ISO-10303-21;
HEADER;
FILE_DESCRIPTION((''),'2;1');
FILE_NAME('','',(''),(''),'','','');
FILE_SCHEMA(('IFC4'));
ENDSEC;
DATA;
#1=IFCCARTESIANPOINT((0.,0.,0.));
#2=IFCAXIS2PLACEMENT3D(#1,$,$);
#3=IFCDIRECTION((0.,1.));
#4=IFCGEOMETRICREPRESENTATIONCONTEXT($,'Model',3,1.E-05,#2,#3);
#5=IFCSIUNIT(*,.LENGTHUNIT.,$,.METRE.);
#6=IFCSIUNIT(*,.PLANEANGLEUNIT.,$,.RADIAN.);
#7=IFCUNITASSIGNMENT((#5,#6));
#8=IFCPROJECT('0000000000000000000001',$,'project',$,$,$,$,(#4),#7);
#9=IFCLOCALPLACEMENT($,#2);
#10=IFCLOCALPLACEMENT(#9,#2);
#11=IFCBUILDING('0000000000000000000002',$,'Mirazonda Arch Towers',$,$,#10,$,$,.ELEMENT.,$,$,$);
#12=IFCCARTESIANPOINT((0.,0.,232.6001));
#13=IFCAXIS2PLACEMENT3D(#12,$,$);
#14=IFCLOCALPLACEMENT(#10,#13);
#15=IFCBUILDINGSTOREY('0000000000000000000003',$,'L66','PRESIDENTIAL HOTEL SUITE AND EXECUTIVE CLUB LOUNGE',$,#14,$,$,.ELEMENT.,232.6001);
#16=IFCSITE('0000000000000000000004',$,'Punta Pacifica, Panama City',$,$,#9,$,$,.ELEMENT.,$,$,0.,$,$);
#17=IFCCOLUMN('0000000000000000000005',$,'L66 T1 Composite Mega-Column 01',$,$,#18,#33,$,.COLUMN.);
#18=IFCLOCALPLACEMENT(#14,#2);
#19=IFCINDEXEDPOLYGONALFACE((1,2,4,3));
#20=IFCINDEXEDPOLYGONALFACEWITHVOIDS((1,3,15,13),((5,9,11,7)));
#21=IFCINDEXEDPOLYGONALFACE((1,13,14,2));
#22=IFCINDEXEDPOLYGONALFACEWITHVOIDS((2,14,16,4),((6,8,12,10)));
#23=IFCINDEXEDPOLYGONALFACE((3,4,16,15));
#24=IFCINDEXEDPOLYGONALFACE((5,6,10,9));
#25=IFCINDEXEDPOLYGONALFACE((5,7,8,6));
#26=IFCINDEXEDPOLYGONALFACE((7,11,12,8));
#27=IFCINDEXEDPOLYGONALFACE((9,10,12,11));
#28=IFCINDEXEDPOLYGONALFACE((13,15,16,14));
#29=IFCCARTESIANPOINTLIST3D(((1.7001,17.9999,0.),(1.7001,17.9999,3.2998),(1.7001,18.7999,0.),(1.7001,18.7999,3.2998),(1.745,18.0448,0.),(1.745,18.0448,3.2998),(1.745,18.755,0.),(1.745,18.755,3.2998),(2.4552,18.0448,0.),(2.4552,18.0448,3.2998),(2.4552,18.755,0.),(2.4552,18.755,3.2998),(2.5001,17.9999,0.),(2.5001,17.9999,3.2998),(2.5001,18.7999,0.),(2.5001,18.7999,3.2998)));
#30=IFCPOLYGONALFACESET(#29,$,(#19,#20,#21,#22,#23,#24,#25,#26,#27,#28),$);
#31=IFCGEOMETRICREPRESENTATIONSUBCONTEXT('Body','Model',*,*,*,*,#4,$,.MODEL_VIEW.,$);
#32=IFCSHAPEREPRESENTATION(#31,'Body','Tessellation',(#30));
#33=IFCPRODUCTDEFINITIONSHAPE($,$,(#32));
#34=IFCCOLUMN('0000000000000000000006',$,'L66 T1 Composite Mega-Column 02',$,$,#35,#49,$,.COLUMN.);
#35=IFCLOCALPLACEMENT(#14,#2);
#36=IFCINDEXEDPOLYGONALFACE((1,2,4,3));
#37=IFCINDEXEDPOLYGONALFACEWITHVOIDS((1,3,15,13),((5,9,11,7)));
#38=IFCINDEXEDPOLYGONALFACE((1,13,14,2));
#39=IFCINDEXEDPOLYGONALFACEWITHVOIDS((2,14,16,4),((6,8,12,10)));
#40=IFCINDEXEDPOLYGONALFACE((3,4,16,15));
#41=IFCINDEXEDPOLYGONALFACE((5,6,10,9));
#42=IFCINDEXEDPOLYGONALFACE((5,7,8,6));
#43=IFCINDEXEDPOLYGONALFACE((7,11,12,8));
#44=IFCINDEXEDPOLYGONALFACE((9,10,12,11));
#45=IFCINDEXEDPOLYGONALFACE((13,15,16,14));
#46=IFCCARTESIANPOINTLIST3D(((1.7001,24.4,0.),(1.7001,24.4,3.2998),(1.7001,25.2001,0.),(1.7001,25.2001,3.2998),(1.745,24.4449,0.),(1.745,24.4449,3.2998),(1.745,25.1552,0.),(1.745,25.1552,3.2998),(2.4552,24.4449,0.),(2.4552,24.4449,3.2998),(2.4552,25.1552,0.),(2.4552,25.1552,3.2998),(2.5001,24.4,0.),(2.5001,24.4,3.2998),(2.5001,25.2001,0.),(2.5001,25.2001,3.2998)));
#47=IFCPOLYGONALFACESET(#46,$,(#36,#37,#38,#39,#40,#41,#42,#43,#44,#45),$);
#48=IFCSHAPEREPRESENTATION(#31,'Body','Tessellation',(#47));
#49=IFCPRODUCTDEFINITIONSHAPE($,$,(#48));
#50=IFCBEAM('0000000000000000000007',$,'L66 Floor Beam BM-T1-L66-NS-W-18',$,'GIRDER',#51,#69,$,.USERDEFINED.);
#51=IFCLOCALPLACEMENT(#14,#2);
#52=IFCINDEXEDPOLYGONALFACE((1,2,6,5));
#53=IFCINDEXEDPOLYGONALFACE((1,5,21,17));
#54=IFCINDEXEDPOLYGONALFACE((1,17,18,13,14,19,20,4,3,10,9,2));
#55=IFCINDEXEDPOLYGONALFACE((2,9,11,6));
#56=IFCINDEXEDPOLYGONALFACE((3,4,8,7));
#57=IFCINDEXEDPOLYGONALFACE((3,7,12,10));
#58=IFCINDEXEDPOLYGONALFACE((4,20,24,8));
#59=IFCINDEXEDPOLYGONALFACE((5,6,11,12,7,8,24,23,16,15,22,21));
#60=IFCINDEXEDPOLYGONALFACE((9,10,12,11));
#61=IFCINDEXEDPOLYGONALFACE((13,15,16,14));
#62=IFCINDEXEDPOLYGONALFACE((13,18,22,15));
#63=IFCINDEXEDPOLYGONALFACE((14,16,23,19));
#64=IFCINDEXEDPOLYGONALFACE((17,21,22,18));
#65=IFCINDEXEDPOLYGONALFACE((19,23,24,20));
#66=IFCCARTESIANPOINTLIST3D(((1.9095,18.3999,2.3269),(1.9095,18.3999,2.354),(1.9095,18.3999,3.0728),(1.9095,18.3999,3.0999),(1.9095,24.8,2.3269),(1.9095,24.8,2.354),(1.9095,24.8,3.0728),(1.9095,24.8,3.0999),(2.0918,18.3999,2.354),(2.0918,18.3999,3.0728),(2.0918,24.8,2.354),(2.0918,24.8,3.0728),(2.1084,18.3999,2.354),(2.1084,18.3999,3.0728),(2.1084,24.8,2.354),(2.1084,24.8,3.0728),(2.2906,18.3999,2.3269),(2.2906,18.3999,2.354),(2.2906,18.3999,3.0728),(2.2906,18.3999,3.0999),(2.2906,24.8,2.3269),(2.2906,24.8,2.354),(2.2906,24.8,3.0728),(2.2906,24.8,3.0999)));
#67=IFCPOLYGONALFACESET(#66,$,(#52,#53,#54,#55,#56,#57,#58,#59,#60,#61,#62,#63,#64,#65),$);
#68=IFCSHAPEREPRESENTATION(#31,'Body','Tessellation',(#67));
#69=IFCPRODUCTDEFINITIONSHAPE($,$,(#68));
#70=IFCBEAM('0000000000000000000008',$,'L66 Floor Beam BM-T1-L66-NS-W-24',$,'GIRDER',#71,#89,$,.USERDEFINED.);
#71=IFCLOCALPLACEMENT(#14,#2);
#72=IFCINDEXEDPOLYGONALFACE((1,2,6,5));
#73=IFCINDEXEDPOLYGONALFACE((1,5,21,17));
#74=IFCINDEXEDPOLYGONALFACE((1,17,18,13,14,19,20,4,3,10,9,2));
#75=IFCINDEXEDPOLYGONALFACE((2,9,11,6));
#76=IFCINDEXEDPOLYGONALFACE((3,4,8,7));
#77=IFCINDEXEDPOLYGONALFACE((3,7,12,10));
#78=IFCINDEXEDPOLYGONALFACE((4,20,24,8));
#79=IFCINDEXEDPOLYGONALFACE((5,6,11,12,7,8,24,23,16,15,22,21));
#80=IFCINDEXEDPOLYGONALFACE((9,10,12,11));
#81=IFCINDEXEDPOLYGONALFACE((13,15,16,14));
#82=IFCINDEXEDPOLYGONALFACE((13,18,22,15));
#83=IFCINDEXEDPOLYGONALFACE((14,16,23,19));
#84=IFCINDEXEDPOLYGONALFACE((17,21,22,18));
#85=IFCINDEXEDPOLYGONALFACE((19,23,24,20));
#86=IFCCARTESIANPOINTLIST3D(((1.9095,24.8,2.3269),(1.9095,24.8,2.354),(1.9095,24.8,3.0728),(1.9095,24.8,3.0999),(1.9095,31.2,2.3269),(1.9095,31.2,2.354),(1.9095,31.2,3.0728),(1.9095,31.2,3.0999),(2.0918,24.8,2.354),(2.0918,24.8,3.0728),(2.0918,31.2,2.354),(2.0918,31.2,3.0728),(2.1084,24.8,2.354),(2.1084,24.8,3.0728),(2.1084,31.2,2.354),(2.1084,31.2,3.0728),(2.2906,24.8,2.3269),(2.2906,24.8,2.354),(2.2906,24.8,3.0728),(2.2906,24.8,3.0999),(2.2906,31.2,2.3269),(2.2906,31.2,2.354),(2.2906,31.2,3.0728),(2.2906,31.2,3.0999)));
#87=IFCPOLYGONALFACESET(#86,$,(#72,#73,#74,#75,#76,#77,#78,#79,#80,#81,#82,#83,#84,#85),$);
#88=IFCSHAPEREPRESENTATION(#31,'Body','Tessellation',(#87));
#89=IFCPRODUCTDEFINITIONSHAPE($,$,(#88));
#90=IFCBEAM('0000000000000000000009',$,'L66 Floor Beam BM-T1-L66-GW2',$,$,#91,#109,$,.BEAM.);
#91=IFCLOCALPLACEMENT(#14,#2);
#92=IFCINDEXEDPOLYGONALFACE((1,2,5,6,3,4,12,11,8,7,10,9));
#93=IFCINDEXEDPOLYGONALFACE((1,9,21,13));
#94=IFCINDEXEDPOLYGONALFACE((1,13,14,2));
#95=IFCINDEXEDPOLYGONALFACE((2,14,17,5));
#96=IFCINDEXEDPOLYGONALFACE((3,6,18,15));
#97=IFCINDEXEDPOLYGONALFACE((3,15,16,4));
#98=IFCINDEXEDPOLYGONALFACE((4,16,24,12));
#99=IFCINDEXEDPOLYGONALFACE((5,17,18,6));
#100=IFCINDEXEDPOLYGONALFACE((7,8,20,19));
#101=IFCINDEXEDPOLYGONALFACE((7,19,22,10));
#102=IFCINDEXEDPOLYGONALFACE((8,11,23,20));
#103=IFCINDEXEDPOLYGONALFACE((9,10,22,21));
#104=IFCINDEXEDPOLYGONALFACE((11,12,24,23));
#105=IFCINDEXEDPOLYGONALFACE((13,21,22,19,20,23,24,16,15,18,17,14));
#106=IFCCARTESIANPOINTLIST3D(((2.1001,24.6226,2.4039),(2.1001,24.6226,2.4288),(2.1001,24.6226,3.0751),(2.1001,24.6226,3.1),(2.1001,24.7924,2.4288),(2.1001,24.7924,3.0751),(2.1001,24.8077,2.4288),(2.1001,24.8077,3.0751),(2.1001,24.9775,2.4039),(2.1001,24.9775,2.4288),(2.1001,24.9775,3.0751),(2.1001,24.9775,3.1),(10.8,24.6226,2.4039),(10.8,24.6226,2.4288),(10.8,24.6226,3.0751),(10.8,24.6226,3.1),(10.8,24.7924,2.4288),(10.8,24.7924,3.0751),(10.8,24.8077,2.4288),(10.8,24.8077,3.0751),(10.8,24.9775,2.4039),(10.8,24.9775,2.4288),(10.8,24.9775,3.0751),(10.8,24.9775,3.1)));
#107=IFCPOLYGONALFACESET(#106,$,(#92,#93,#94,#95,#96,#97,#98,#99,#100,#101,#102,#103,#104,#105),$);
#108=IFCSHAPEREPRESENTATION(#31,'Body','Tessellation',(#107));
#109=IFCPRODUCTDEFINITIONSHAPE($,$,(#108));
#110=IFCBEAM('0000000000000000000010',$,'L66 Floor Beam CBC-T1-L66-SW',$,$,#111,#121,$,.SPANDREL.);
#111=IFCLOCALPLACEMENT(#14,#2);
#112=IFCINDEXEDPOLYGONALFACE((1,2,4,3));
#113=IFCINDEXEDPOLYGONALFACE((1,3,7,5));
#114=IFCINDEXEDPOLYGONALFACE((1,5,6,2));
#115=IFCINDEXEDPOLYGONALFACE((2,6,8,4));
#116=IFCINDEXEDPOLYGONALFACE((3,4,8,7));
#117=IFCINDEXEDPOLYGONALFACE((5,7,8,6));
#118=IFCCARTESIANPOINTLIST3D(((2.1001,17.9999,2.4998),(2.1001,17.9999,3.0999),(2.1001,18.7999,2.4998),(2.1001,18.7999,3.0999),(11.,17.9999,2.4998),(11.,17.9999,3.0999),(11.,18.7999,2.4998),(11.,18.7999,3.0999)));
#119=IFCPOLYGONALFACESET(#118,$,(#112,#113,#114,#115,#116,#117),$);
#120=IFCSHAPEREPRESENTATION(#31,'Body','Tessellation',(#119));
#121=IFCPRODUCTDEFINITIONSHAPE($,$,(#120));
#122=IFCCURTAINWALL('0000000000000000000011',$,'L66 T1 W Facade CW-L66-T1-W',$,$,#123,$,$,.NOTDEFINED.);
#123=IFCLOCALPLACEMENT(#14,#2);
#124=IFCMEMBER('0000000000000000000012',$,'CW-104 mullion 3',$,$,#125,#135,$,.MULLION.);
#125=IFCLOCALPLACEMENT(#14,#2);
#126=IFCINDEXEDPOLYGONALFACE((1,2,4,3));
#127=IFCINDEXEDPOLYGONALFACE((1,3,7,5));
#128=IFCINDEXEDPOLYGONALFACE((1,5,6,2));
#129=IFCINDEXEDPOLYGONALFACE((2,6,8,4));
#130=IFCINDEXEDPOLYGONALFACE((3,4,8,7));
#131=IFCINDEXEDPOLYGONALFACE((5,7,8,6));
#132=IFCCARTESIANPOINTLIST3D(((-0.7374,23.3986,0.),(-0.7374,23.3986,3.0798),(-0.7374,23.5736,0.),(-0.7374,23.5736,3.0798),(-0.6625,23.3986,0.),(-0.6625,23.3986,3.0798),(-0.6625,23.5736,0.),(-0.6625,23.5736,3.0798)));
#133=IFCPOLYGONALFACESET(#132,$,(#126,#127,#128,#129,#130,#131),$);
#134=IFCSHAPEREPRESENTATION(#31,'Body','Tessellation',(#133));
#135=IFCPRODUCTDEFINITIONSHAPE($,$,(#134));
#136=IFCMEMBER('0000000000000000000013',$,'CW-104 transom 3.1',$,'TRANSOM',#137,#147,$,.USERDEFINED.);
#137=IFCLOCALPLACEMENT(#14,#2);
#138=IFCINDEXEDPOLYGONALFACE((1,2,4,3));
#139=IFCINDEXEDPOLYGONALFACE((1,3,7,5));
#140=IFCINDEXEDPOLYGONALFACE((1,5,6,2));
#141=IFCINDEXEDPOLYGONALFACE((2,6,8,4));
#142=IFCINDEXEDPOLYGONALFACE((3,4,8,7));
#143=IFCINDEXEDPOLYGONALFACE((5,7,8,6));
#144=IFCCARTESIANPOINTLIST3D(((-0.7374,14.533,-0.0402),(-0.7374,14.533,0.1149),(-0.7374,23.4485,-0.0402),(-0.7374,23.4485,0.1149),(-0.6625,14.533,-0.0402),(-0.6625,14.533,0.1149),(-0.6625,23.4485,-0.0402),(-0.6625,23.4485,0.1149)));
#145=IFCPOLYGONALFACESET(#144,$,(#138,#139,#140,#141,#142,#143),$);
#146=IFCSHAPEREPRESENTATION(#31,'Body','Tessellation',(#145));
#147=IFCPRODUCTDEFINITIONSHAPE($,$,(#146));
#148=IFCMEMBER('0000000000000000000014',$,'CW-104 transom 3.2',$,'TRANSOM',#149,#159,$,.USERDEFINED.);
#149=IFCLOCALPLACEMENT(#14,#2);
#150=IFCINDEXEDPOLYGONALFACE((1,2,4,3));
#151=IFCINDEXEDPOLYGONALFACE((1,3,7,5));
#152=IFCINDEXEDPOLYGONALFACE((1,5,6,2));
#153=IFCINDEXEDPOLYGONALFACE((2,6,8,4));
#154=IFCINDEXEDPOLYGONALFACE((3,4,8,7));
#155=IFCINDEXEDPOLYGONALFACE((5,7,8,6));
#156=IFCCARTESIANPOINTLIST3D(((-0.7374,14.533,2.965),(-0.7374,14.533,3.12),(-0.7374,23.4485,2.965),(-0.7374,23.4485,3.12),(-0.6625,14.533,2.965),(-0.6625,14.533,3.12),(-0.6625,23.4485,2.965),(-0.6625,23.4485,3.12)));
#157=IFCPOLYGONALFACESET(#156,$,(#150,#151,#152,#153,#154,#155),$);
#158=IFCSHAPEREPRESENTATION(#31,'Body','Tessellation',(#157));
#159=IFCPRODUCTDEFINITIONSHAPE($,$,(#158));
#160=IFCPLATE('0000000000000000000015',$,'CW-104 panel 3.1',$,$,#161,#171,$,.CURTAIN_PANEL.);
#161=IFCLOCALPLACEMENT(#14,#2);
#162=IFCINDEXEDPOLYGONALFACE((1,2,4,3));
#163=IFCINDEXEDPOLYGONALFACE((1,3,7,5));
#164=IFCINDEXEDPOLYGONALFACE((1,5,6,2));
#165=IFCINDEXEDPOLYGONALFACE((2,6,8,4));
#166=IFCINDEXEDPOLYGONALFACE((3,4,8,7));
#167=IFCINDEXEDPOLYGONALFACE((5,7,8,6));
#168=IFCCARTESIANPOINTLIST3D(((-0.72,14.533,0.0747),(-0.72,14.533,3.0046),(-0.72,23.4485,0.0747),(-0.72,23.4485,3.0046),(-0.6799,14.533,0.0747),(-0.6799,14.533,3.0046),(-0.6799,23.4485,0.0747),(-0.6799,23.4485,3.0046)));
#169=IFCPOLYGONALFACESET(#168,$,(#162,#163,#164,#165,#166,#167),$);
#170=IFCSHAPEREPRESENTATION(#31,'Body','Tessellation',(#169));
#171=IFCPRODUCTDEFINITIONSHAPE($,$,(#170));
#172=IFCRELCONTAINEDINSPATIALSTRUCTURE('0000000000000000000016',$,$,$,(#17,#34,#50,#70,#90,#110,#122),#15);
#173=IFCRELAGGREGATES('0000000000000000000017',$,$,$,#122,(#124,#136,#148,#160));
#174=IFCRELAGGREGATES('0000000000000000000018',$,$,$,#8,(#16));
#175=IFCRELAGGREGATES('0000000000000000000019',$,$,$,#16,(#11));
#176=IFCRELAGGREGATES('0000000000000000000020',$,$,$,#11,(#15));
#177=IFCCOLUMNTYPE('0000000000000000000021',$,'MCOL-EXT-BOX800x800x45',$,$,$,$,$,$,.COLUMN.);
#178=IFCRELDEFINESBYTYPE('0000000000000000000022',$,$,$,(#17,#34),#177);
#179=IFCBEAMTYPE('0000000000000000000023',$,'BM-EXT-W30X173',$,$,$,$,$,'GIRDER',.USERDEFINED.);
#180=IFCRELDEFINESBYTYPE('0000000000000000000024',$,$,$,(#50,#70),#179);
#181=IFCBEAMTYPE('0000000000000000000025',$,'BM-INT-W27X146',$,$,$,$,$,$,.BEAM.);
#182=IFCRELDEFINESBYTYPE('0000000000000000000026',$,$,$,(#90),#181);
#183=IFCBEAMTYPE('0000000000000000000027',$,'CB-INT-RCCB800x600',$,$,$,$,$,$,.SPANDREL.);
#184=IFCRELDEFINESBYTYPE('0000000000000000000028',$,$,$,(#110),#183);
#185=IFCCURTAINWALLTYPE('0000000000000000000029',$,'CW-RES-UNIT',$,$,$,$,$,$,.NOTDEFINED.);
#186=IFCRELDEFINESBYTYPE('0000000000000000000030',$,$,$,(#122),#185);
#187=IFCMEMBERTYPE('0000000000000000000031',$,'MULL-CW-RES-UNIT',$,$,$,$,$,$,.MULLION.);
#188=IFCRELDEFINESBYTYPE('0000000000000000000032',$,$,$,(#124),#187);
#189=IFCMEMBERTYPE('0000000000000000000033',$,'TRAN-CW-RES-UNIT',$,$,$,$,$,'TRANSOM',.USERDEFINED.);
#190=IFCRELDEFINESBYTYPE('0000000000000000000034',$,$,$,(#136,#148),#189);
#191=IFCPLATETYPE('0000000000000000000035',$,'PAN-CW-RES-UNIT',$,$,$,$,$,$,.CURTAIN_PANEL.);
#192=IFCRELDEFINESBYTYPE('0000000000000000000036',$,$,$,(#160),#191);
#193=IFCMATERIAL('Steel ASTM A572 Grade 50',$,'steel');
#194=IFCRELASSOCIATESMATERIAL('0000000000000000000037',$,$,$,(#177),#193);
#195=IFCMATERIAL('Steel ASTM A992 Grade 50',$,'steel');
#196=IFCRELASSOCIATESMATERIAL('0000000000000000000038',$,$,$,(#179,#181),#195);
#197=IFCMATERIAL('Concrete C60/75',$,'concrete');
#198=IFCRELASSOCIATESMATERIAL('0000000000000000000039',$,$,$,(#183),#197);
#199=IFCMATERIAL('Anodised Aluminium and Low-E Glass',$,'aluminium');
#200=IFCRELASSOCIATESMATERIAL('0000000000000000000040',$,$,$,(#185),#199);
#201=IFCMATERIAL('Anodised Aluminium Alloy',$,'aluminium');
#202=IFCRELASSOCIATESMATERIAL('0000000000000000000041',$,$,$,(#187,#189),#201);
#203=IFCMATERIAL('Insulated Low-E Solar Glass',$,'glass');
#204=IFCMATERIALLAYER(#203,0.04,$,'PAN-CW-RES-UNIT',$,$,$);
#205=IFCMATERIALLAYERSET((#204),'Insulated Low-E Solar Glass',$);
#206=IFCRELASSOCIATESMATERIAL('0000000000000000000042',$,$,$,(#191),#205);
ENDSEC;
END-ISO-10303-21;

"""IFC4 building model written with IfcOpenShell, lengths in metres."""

from ifc_helpers import new_model, si_unit, direction, frame, origin, origin_2d, place, context, subcontext, project, spatial, rectangle, hollow_rectangle, i_section, extrude, material, layer, layer_set, material_profile, profile_set, type_object, element, aggregate, save


model = new_model("IFC4")

# Units and contexts
model_context = context("Model", 3, precision=1e-05, world=origin(), true_north=direction((0.0, 1.0)))
body_context = subcontext(model_context, "Body", "Model", "MODEL_VIEW")
ifc_project = project(units=[si_unit("LENGTHUNIT", "METRE"), si_unit("PLANEANGLEUNIT", "RADIAN")], contexts=[model_context])

# Site, building, storey
site_placement = place(None, origin())
site = spatial("IfcSite", under=ifc_project, at=site_placement, Name="Punta Pacifica, Panama City", CompositionType="ELEMENT", RefElevation=0.0)
building_placement = place(site_placement, origin())
building = spatial("IfcBuilding", under=site, at=building_placement, Name="Mirazonda Arch Towers", CompositionType="ELEMENT")
storey_placement = place(building_placement, frame((0.0, 0.0, 232.6001)))
storey = spatial("IfcBuildingStorey", under=building, at=storey_placement, Name="L66", Description="PRESIDENTIAL HOTEL SUITE AND EXECUTIVE CLUB LOUNGE", CompositionType="ELEMENT", Elevation=232.6001)

# Columns
ifc_material_1 = material(Name="Steel ASTM A572 Grade 50", Category="steel")
ifc_material_profile_1 = material_profile(ifc_material_1, hollow_rectangle(XDim=0.8, YDim=0.8, WallThickness=0.0449, at=origin_2d()), Name="BOX800x800x45")
ifc_profile_set_1 = profile_set([ifc_material_profile_1], Name="Steel ASTM A572 Grade 50")
column_type = type_object("IfcColumnType", Name="MCOL-EXT-BOX800x800x45", PredefinedType="COLUMN", material=ifc_profile_set_1)
for number, where, z_axis, x_axis, name in (
    (1, (2.1001, 18.3999, 0.0), (0.0, 0.0, 1.0), (1.0, 0.0, 0.0), "L66 T1 Composite Mega-Column 01"),
    (2, (2.1001, 24.8, 0.0), (0.0, 0.0, 1.0), (1.0, 0.0, 0.0), "L66 T1 Composite Mega-Column 02"),
):
    element("IfcColumn", number, at=place(storey_placement, frame(where, z_axis=z_axis, x_axis=x_axis)), inside=storey, type_object=column_type, Name=name, PredefinedType="COLUMN", context=body_context, shape_type="SweptSolid", body=[
        extrude(hollow_rectangle(XDim=0.8, YDim=0.8, WallThickness=0.0449, at=origin_2d()), origin(), (0.0, 0.0, 1.0), 3.2998),
    ])

# Beams
ifc_material_2 = material(Name="Steel ASTM A992 Grade 50", Category="steel")
ifc_material_profile_2 = material_profile(ifc_material_2, i_section(OverallWidth=0.3811, OverallDepth=0.7729, WebThickness=0.0166, FlangeThickness=0.0271, at=origin_2d()), Name="W30X173")
ifc_profile_set_2 = profile_set([ifc_material_profile_2], Name="Steel ASTM A992 Grade 50")
beam_type_1 = type_object("IfcBeamType", Name="BM-EXT-W30X173", ElementType="GIRDER", PredefinedType="USERDEFINED", material=ifc_profile_set_2)
beam_1_placement = place(storey_placement, frame((2.1001, 18.3999, 2.7134), z_axis=(0.0, 1.0, 0.0), x_axis=(-1.0, 0.0, 0.0)))
element("IfcBeam", 3, at=beam_1_placement, inside=storey, type_object=beam_type_1, Name="L66 Floor Beam BM-T1-L66-NS-W-18", ObjectType="GIRDER", PredefinedType="USERDEFINED", context=body_context, shape_type="SweptSolid", body=[
    extrude(i_section(OverallWidth=0.3811, OverallDepth=0.7729, WebThickness=0.0166, FlangeThickness=0.0271, at=origin_2d()), origin(), (0.0, 0.0, 1.0), 6.4001),
])
beam_2_placement = place(storey_placement, frame((2.1001, 24.8, 2.7134), z_axis=(0.0, 1.0, 0.0), x_axis=(-1.0, 0.0, 0.0)))
element("IfcBeam", 4, at=beam_2_placement, inside=storey, type_object=beam_type_1, Name="L66 Floor Beam BM-T1-L66-NS-W-24", ObjectType="GIRDER", PredefinedType="USERDEFINED", context=body_context, shape_type="SweptSolid", body=[
    extrude(i_section(OverallWidth=0.3811, OverallDepth=0.7729, WebThickness=0.0166, FlangeThickness=0.0271, at=origin_2d()), origin(), (0.0, 0.0, 1.0), 6.3999),
])
ifc_material_profile_3 = material_profile(ifc_material_2, i_section(OverallWidth=0.355, OverallDepth=0.696, WebThickness=0.0154, FlangeThickness=0.0249, at=origin_2d()), Name="W27X146")
ifc_profile_set_3 = profile_set([ifc_material_profile_3], Name="Steel ASTM A992 Grade 50")
beam_type_2 = type_object("IfcBeamType", Name="BM-INT-W27X146", PredefinedType="BEAM", material=ifc_profile_set_3)
beam_3_placement = place(storey_placement, frame((2.1001, 24.8, 2.752), z_axis=(1.0, 0.0, 0.0), x_axis=(0.0, 1.0, 0.0)))
element("IfcBeam", 5, at=beam_3_placement, inside=storey, type_object=beam_type_2, Name="L66 Floor Beam BM-T1-L66-GW2", PredefinedType="BEAM", context=body_context, shape_type="SweptSolid", body=[
    extrude(i_section(OverallWidth=0.355, OverallDepth=0.696, WebThickness=0.0154, FlangeThickness=0.0249, at=origin_2d()), origin(), (0.0, 0.0, 1.0), 8.7),
])
ifc_material_3 = material(Name="Concrete C60/75", Category="concrete")
ifc_material_profile_4 = material_profile(ifc_material_3, rectangle(XDim=0.8, YDim=0.6001, at=origin_2d()), Name="RCCB800x600")
ifc_profile_set_4 = profile_set([ifc_material_profile_4], Name="Concrete C60/75")
beam_type_3 = type_object("IfcBeamType", Name="CB-INT-RCCB800x600", PredefinedType="SPANDREL", material=ifc_profile_set_4)
beam_4_placement = place(storey_placement, frame((2.1001, 18.3999, 2.7998), z_axis=(1.0, 0.0, 0.0), x_axis=(0.0, 1.0, 0.0)))
element("IfcBeam", 6, at=beam_4_placement, inside=storey, type_object=beam_type_3, Name="L66 Floor Beam CBC-T1-L66-SW", PredefinedType="SPANDREL", context=body_context, shape_type="SweptSolid", body=[
    extrude(rectangle(XDim=0.8, YDim=0.6001, at=origin_2d()), origin(), (0.0, 0.0, 1.0), 8.8999),
])

# Curtain wall, members, plate
ifc_material_4 = material(Name="Anodised Aluminium and Low-E Glass", Category="aluminium")
curtain_wall_type = type_object("IfcCurtainWallType", Name="CW-RES-UNIT", PredefinedType="NOTDEFINED", material=ifc_material_4)
curtain_wall_placement = place(storey_placement, origin())
curtain_wall = element("IfcCurtainWall", 7, at=curtain_wall_placement, inside=storey, type_object=curtain_wall_type, Name="L66 T1 W Facade CW-L66-T1-W", PredefinedType="NOTDEFINED")
ifc_material_5 = material(Name="Anodised Aluminium Alloy", Category="aluminium")
ifc_material_profile_5 = material_profile(ifc_material_5, rectangle(XDim=0.075, YDim=0.175, at=origin_2d()), Name="ALU-MULL-75x175")
ifc_profile_set_5 = profile_set([ifc_material_profile_5], Name="Anodised Aluminium Alloy")
member_type_1 = type_object("IfcMemberType", Name="MULL-CW-RES-UNIT", PredefinedType="MULLION", material=ifc_profile_set_5)
member_1_placement = place(storey_placement, frame((-0.7, 23.4861, 0.0), z_axis=(0.0, 0.0, 1.0), x_axis=(1.0, 0.0, 0.0)))
member_1 = element("IfcMember", 8, at=member_1_placement, type_object=member_type_1, Name="CW-104 mullion 3", PredefinedType="MULLION", context=body_context, shape_type="SweptSolid", body=[
    extrude(rectangle(XDim=0.075, YDim=0.175, at=origin_2d()), origin(), (0.0, 0.0, 1.0), 3.0798),
])
ifc_material_profile_6 = material_profile(ifc_material_5, rectangle(XDim=0.075, YDim=0.155, at=origin_2d()), Name="ALU-TRAN-75x155")
ifc_profile_set_6 = profile_set([ifc_material_profile_6], Name="Anodised Aluminium Alloy")
member_type_2 = type_object("IfcMemberType", Name="TRAN-CW-RES-UNIT", ElementType="TRANSOM", PredefinedType="USERDEFINED", material=ifc_profile_set_6)
member_2_placement = place(storey_placement, frame((-0.7, 23.4485, 0.0374), z_axis=(0.0, -1.0, 0.0), x_axis=(1.0, 0.0, 0.0)))
member_2 = element("IfcMember", 9, at=member_2_placement, type_object=member_type_2, Name="CW-104 transom 3.1", ObjectType="TRANSOM", PredefinedType="USERDEFINED", context=body_context, shape_type="SweptSolid", body=[
    extrude(rectangle(XDim=0.075, YDim=0.155, at=origin_2d()), origin(), (0.0, 0.0, 1.0), 8.9155),
])
member_3_placement = place(storey_placement, frame((-0.7, 23.4485, 3.0425), z_axis=(0.0, -1.0, 0.0), x_axis=(1.0, 0.0, 0.0)))
member_3 = element("IfcMember", 10, at=member_3_placement, type_object=member_type_2, Name="CW-104 transom 3.2", ObjectType="TRANSOM", PredefinedType="USERDEFINED", context=body_context, shape_type="SweptSolid", body=[
    extrude(rectangle(XDim=0.075, YDim=0.155, at=origin_2d()), origin(), (0.0, 0.0, 1.0), 8.9155),
])
ifc_material_6 = material(Name="Insulated Low-E Solar Glass", Category="glass")
ifc_layer_1 = layer(ifc_material_6, 0.04, Name="PAN-CW-RES-UNIT")
ifc_layer_set_1 = layer_set([ifc_layer_1], Name="Insulated Low-E Solar Glass")
plate_type = type_object("IfcPlateType", Name="PAN-CW-RES-UNIT", PredefinedType="CURTAIN_PANEL", material=ifc_layer_set_1)
plate_placement = place(storey_placement, frame((-0.7, 18.9907, 0.0747), z_axis=(0.0, 0.0, 1.0), x_axis=(0.0, -1.0, 0.0)))
plate = element("IfcPlate", 11, at=plate_placement, type_object=plate_type, Name="CW-104 panel 3.1", PredefinedType="CURTAIN_PANEL", context=body_context, shape_type="SweptSolid", body=[
    extrude(rectangle(XDim=8.9155, YDim=0.04, at=origin_2d()), origin(), (0.0, 0.0, 1.0), 2.9299),
])
aggregate(curtain_wall, [member_1, member_2, member_3, plate])

save(model, "model.ifc")
